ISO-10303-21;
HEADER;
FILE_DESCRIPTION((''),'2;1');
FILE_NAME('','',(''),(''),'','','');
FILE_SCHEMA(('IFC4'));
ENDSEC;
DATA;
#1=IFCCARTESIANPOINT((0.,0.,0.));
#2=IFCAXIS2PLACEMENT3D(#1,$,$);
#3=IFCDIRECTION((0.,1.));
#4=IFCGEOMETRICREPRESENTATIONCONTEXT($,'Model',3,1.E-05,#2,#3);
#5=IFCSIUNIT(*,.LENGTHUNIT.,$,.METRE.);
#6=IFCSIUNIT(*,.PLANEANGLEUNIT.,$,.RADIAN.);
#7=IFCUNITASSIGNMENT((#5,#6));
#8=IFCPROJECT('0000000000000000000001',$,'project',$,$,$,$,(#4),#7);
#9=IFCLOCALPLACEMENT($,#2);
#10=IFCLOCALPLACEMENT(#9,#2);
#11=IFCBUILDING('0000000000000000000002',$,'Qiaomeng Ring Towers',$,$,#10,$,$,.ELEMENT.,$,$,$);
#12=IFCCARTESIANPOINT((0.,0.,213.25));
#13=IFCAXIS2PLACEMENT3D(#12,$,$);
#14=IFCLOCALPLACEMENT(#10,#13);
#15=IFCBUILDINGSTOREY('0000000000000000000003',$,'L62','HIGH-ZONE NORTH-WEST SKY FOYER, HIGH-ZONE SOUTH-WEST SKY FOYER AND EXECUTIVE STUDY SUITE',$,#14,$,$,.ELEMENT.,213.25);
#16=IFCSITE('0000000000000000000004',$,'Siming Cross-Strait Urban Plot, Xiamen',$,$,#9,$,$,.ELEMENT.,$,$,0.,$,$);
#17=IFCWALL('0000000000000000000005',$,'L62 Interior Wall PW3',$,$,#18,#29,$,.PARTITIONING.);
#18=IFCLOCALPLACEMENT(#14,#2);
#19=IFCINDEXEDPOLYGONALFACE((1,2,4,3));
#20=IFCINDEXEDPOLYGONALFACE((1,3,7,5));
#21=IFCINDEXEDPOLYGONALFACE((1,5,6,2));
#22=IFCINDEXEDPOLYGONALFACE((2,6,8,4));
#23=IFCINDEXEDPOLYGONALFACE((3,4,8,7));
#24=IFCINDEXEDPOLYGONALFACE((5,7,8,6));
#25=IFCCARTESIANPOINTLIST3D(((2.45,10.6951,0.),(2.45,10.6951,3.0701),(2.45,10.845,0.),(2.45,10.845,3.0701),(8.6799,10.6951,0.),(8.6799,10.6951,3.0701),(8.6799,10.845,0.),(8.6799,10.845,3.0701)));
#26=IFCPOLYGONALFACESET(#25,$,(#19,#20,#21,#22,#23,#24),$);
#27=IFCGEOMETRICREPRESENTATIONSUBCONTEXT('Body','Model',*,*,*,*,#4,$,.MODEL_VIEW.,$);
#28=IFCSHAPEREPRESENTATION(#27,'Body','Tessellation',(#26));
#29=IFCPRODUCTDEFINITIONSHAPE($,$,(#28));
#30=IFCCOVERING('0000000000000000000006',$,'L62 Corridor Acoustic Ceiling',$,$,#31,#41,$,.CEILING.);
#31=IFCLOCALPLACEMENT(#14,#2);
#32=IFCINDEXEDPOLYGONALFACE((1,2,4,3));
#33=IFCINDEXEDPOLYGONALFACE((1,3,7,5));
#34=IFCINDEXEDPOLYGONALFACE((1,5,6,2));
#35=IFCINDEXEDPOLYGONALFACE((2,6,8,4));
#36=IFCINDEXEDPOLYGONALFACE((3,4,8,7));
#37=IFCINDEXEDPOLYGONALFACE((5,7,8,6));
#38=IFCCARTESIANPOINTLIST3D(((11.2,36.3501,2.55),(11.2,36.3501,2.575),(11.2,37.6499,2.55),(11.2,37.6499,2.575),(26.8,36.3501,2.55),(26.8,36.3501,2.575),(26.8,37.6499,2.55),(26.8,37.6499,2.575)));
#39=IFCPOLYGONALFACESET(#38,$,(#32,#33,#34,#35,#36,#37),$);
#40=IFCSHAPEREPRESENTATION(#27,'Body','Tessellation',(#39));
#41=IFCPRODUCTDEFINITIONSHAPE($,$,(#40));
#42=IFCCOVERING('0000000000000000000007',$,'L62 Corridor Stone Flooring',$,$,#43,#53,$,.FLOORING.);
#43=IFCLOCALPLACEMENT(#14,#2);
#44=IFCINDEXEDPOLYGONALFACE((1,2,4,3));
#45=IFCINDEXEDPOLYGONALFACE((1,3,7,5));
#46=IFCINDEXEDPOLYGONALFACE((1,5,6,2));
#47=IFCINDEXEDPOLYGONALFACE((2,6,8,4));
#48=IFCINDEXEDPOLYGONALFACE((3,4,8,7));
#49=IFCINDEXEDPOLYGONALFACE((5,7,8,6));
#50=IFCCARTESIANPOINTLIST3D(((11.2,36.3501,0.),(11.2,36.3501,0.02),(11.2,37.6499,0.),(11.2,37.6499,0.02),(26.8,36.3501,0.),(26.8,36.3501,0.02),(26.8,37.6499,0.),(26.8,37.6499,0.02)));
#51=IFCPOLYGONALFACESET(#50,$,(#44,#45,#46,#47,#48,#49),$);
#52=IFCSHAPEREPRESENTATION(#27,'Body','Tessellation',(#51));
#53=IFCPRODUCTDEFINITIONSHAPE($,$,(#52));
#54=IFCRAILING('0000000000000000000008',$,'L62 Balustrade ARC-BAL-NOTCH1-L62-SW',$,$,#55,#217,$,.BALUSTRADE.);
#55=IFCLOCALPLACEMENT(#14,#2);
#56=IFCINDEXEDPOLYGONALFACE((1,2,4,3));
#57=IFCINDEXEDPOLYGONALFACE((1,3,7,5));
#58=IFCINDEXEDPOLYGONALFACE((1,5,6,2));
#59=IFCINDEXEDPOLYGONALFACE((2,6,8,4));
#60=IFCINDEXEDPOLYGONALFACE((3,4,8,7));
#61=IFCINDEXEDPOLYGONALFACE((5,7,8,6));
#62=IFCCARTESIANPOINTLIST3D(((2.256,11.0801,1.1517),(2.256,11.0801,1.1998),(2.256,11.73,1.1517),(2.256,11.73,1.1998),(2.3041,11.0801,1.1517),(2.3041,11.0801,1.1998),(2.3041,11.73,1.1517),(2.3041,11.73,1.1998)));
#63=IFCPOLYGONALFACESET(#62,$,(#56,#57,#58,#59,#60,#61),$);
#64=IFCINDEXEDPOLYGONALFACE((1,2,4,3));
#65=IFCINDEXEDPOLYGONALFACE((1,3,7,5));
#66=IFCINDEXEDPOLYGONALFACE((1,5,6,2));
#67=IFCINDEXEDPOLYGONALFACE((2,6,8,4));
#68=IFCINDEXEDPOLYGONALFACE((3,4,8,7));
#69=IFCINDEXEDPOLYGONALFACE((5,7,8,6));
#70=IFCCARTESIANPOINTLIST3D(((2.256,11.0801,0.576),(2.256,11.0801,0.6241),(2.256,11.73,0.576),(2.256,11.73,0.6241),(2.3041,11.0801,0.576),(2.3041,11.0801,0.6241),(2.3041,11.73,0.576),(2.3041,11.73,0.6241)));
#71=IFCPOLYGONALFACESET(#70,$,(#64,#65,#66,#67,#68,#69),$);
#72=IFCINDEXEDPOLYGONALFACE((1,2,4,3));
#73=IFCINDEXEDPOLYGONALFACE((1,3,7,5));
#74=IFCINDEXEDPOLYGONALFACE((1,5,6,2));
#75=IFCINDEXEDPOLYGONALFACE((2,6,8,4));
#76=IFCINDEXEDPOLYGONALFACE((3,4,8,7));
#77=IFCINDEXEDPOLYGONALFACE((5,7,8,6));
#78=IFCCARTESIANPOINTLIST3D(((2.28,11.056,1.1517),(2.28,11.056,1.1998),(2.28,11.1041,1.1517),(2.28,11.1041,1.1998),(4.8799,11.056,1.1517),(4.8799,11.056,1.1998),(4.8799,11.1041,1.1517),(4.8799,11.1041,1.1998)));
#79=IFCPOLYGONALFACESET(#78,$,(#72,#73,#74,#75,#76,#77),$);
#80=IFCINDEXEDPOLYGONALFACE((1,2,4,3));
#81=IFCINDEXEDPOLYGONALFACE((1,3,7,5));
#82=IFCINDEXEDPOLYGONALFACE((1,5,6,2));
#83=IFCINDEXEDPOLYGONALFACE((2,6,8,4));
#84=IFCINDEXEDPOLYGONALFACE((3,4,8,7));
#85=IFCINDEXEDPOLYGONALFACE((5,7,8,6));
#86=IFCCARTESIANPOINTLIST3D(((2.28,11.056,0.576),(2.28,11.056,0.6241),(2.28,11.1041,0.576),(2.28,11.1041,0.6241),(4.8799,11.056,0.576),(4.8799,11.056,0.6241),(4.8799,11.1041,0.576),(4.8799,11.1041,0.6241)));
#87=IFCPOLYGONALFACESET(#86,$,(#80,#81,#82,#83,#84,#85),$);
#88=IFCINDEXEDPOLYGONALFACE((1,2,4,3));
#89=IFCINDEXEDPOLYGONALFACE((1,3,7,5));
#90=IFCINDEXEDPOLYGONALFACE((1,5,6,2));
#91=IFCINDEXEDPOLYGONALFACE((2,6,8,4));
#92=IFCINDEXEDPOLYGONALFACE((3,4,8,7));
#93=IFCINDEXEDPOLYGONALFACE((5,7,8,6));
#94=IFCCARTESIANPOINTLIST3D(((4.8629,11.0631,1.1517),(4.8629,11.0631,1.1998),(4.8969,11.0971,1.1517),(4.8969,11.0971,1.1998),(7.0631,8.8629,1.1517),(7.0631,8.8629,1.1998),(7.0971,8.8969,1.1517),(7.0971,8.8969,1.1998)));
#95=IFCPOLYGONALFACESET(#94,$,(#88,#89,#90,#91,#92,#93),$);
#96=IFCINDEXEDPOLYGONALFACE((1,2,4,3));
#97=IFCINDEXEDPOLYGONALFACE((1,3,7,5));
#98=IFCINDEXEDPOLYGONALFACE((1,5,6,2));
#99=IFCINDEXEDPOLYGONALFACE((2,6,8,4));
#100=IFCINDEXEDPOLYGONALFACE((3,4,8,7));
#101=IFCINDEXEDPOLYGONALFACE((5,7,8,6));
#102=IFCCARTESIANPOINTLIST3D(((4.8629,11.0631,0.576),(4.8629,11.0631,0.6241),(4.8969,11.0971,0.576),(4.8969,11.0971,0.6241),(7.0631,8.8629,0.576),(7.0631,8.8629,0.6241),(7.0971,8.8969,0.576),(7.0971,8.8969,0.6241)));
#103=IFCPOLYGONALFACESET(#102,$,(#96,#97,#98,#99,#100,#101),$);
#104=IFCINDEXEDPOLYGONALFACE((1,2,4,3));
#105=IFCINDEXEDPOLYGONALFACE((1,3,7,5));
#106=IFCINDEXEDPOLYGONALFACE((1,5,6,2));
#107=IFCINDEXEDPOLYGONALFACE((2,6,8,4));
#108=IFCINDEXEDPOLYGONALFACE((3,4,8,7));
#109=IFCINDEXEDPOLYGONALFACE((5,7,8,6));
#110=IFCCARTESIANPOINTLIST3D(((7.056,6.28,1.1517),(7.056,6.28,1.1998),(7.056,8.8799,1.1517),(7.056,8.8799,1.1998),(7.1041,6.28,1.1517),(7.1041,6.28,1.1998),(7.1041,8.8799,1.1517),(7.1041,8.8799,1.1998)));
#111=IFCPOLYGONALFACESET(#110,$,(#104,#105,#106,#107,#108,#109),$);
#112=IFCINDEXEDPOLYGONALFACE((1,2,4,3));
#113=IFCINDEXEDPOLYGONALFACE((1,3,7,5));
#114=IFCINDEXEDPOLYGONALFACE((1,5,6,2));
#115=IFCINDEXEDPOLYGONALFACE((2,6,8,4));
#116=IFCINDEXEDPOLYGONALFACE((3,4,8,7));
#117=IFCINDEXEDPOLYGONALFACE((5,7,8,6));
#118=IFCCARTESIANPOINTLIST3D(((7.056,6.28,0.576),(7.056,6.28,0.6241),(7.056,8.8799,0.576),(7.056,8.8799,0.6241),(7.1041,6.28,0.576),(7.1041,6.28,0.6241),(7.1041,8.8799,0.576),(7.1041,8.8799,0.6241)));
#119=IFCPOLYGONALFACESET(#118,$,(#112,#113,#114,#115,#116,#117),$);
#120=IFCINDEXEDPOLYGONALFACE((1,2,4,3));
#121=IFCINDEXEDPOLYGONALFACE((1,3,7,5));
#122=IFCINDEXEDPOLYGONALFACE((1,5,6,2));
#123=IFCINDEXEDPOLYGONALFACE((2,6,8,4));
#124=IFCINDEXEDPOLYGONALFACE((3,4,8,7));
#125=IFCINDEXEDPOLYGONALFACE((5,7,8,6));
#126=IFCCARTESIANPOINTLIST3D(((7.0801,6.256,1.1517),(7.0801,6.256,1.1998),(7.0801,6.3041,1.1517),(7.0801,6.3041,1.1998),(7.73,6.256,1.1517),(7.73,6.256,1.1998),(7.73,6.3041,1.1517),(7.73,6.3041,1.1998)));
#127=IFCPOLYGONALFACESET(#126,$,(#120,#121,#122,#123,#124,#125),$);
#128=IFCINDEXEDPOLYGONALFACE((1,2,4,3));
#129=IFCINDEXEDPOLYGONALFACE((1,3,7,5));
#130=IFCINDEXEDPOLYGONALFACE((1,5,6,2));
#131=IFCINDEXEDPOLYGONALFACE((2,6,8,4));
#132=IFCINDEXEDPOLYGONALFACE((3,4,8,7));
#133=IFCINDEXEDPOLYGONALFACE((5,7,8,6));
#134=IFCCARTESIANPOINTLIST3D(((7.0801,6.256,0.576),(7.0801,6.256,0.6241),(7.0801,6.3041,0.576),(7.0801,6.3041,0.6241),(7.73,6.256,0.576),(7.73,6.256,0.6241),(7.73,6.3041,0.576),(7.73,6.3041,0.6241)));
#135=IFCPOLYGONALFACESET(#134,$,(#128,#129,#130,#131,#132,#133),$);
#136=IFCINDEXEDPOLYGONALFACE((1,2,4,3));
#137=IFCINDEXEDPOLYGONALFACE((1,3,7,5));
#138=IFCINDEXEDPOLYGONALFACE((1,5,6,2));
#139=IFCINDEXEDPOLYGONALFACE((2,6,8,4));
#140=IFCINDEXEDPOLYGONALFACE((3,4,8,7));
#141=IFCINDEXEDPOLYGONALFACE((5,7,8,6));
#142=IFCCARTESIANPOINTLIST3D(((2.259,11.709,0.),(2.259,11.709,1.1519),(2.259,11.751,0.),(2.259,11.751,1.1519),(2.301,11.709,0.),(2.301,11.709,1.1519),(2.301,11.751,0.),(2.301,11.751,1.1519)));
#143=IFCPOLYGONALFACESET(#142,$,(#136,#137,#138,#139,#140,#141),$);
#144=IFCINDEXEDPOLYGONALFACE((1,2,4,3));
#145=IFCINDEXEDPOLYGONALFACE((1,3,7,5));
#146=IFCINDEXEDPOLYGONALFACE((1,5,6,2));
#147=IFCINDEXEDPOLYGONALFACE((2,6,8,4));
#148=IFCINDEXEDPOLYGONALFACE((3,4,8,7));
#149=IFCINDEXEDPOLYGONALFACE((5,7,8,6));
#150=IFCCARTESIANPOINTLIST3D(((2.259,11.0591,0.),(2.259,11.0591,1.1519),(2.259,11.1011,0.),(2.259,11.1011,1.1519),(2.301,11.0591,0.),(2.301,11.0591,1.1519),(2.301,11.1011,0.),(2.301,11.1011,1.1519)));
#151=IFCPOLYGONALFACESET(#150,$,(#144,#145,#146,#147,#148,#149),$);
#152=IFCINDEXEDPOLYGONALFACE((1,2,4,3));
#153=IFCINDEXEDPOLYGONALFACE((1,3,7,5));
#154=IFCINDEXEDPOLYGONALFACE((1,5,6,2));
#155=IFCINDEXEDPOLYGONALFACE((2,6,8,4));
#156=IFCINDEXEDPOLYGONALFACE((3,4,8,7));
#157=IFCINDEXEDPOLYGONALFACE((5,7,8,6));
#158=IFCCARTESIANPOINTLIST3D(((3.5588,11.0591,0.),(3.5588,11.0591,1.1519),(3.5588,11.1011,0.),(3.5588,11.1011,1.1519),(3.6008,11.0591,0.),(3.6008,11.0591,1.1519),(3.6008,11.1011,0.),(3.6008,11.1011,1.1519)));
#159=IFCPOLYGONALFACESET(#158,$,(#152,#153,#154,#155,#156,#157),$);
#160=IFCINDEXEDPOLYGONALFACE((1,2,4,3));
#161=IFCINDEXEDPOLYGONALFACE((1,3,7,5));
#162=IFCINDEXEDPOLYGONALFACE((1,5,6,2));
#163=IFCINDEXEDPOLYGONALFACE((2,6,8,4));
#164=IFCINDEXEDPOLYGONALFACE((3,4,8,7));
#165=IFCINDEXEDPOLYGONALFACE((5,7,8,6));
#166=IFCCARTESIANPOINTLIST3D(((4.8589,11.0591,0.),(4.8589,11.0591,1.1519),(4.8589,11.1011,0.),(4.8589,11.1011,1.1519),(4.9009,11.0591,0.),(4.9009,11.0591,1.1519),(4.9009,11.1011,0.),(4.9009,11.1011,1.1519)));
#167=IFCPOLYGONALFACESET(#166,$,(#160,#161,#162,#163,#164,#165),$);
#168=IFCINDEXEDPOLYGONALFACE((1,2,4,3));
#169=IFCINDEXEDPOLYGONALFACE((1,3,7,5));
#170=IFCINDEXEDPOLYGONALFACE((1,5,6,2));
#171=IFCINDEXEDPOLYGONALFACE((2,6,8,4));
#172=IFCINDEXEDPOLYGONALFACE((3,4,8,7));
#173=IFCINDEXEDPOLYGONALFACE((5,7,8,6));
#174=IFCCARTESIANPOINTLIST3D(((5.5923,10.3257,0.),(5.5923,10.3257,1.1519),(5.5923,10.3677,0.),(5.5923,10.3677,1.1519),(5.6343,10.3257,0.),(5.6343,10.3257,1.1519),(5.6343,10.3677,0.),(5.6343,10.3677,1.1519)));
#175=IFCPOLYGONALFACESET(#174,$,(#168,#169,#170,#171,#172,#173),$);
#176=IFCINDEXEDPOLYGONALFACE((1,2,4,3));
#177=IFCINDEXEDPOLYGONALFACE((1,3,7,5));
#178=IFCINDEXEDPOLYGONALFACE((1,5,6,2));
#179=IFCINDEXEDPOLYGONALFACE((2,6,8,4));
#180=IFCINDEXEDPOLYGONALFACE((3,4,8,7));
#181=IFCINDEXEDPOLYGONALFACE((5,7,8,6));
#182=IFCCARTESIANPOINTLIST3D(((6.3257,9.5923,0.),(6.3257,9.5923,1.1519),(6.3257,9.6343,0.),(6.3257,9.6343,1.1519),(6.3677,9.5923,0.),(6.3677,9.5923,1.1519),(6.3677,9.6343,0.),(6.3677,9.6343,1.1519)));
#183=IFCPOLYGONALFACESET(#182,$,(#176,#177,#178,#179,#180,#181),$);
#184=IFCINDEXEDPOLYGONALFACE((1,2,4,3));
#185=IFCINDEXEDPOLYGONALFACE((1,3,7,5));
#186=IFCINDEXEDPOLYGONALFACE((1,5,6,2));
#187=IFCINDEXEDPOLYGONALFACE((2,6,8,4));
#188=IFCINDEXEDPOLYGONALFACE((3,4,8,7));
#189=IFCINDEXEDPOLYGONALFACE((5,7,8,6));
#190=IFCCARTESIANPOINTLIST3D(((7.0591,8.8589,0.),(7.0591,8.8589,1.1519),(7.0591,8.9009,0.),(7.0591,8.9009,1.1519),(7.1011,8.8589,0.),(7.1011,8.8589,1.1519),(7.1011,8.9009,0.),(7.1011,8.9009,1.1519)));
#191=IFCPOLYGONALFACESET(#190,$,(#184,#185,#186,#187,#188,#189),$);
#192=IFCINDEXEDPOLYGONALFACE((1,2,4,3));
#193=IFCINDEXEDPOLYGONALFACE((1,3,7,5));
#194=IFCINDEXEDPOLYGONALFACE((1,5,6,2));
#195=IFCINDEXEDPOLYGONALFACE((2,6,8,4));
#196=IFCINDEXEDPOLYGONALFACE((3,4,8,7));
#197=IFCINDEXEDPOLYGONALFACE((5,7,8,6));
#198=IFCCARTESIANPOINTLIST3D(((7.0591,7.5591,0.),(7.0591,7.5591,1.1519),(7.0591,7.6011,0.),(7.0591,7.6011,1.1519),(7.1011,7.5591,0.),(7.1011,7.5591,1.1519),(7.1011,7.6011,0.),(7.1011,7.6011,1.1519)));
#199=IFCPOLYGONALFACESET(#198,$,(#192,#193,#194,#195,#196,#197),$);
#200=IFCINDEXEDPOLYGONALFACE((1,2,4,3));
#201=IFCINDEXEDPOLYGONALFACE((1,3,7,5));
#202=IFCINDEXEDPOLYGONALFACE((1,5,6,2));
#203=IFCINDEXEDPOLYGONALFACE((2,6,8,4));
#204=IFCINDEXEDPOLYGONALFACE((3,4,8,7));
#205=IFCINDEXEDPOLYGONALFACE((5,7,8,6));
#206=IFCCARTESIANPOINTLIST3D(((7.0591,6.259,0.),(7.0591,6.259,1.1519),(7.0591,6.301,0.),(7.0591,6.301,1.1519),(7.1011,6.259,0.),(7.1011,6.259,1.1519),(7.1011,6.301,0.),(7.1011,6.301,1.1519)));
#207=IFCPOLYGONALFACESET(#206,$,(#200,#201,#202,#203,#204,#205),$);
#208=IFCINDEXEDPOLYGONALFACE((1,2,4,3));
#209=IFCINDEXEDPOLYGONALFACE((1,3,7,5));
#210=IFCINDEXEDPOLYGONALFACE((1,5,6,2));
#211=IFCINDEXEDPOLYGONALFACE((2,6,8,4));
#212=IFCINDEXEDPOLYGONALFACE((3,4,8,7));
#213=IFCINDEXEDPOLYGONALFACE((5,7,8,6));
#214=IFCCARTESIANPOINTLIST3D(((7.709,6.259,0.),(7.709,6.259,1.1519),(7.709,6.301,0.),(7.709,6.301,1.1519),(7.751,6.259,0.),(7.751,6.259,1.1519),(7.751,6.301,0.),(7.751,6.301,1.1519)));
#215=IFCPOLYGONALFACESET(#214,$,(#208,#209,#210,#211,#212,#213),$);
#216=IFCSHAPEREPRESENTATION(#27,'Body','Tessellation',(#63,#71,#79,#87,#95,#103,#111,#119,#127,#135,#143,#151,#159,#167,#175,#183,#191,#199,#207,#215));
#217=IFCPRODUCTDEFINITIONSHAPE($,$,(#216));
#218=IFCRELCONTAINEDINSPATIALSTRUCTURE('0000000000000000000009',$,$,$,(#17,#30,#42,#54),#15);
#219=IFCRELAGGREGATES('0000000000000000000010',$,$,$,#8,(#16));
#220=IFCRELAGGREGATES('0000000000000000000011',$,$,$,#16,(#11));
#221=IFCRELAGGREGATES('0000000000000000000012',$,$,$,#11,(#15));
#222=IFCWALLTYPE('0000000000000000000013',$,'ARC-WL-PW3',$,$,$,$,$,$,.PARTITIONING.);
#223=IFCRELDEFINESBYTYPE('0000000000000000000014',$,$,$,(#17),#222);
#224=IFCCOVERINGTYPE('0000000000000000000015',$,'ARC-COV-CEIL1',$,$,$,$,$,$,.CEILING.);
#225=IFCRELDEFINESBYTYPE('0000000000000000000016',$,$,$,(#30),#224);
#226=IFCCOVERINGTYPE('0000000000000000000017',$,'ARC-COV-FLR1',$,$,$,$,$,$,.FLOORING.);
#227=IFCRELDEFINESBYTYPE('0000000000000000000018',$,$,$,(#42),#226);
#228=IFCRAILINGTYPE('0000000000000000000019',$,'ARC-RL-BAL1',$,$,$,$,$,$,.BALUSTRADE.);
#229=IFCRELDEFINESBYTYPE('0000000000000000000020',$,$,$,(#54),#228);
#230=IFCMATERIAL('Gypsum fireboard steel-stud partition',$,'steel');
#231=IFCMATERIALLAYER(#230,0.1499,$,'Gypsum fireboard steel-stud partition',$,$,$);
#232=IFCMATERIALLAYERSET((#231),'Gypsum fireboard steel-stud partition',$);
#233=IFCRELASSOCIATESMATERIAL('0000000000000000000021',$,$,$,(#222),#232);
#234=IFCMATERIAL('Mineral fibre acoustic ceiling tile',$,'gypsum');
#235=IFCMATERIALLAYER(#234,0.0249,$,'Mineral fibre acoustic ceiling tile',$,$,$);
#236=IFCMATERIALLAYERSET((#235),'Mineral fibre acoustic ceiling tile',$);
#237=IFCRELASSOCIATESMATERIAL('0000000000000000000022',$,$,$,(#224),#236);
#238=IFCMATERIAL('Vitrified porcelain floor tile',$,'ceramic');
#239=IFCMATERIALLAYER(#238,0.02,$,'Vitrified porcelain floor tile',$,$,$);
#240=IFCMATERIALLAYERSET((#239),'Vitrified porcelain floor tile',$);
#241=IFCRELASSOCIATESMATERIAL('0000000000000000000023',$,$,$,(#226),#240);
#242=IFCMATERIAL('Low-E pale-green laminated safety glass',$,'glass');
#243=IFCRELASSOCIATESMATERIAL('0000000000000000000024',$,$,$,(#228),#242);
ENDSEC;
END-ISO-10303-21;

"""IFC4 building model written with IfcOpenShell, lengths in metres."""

from ifc_helpers import new_model, si_unit, direction, frame, frame_2d, origin, origin_2d, place, context, subcontext, project, spatial, polyline, rectangle, outline, extrude, material, layer, layer_set, type_object, element, save


model = new_model("IFC4")

# Units and contexts
model_context = context("Model", 3, precision=1e-05, world=origin(), true_north=direction((0.0, 1.0)))
body_context = subcontext(model_context, "Body", "Model", "MODEL_VIEW")
ifc_project = project(units=[si_unit("LENGTHUNIT", "METRE"), si_unit("PLANEANGLEUNIT", "RADIAN")], contexts=[model_context])

# Site, building, storey
site_placement = place(None, origin())
site = spatial("IfcSite", under=ifc_project, at=site_placement, Name="Siming Cross-Strait Urban Plot, Xiamen", CompositionType="ELEMENT", RefElevation=0.0)
building_placement = place(site_placement, origin())
building = spatial("IfcBuilding", under=site, at=building_placement, Name="Qiaomeng Ring Towers", CompositionType="ELEMENT")
storey_placement = place(building_placement, frame((0.0, 0.0, 213.25)))
storey = spatial("IfcBuildingStorey", under=building, at=storey_placement, Name="L62", Description="HIGH-ZONE NORTH-WEST SKY FOYER, HIGH-ZONE SOUTH-WEST SKY FOYER AND EXECUTIVE STUDY SUITE", CompositionType="ELEMENT", Elevation=213.25)

# Wall
ifc_material_1 = material(Name="Gypsum fireboard steel-stud partition", Category="steel")
ifc_layer_1 = layer(ifc_material_1, 0.1499, Name="Gypsum fireboard steel-stud partition")
ifc_layer_set_1 = layer_set([ifc_layer_1], Name="Gypsum fireboard steel-stud partition")
wall_type_1 = type_object("IfcWallType", Name="ARC-WL-PW3", PredefinedType="PARTITIONING", material=ifc_layer_set_1)
wall_1_placement = place(storey_placement, frame((2.45, 10.77, 0.0), z_axis=(0.0, 0.0, 1.0), x_axis=(1.0, 0.0, 0.0)))
element("IfcWall", 1, at=wall_1_placement, inside=storey, type_object=wall_type_1, Name="L62 Interior Wall PW3", PredefinedType="PARTITIONING", context=body_context, shape_type="SweptSolid", body=[
    extrude(rectangle(XDim=6.23, YDim=0.1499, at=frame_2d((3.115, 0.0))), origin(), (0.0, 0.0, 1.0), 3.0701),
])

# Coverings
ifc_material_2 = material(Name="Mineral fibre acoustic ceiling tile", Category="gypsum")
ifc_layer_2 = layer(ifc_material_2, 0.0249, Name="Mineral fibre acoustic ceiling tile")
ifc_layer_set_2 = layer_set([ifc_layer_2], Name="Mineral fibre acoustic ceiling tile")
covering_type_1 = type_object("IfcCoveringType", Name="ARC-COV-CEIL1", PredefinedType="CEILING", material=ifc_layer_set_2)
covering_1_placement = place(storey_placement, frame((0.0, 0.0, 2.55)))
element("IfcCovering", 2, at=covering_1_placement, inside=storey, type_object=covering_type_1, Name="L62 Corridor Acoustic Ceiling", PredefinedType="CEILING", context=body_context, shape_type="SweptSolid", body=[
    extrude(outline(polyline([(11.2, 36.3501), (11.2, 37.6499), (26.8, 37.6499), (26.8, 36.3501), (11.2, 36.3501)])), origin(), (0.0, 0.0, 1.0), 0.0249),
])
ifc_material_3 = material(Name="Vitrified porcelain floor tile", Category="ceramic")
ifc_layer_3 = layer(ifc_material_3, 0.02, Name="Vitrified porcelain floor tile")
ifc_layer_set_3 = layer_set([ifc_layer_3], Name="Vitrified porcelain floor tile")
covering_type_2 = type_object("IfcCoveringType", Name="ARC-COV-FLR1", PredefinedType="FLOORING", material=ifc_layer_set_3)
covering_2_placement = place(storey_placement, origin())
element("IfcCovering", 3, at=covering_2_placement, inside=storey, type_object=covering_type_2, Name="L62 Corridor Stone Flooring", PredefinedType="FLOORING", context=body_context, shape_type="SweptSolid", body=[
    extrude(outline(polyline([(11.2, 36.3501), (11.2, 37.6499), (26.8, 37.6499), (26.8, 36.3501), (11.2, 36.3501)])), origin(), (0.0, 0.0, 1.0), 0.02),
])

# Railing
ifc_material_4 = material(Name="Low-E pale-green laminated safety glass", Category="glass")
railing_type = type_object("IfcRailingType", Name="ARC-RL-BAL1", PredefinedType="BALUSTRADE", material=ifc_material_4)
railing_placement = place(storey_placement, frame((2.28, 11.73, 0.0)))
element("IfcRailing", 4, at=railing_placement, inside=storey, type_object=railing_type, Name="L62 Balustrade ARC-BAL-NOTCH1-L62-SW", PredefinedType="BALUSTRADE", context=body_context, shape_type="SweptSolid", body=[
    extrude(rectangle(XDim=0.0481, YDim=0.0481, at=origin_2d()), frame((0.0, 0.0, 1.1758), z_axis=(0.0, -1.0, 0.0), x_axis=(1.0, 0.0, 0.0)), (0.0, 0.0, 1.0), 0.6499),
    extrude(rectangle(XDim=0.0481, YDim=0.0481, at=origin_2d()), frame((0.0, 0.0, 0.6001), z_axis=(0.0, -1.0, 0.0), x_axis=(1.0, 0.0, 0.0)), (0.0, 0.0, 1.0), 0.6499),
    extrude(rectangle(XDim=0.0481, YDim=0.0481, at=origin_2d()), frame((0.0, -0.6499, 1.1758), z_axis=(1.0, 0.0, 0.0), x_axis=(0.0, 1.0, 0.0)), (0.0, 0.0, 1.0), 2.5999),
    extrude(rectangle(XDim=0.0481, YDim=0.0481, at=origin_2d()), frame((0.0, -0.6499, 0.6001), z_axis=(1.0, 0.0, 0.0), x_axis=(0.0, 1.0, 0.0)), (0.0, 0.0, 1.0), 2.5999),
    extrude(rectangle(XDim=0.0481, YDim=0.0481, at=origin_2d()), frame((2.5999, -0.6499, 1.1758), z_axis=(0.707107, -0.707107, 0.0), x_axis=(0.707107, 0.707107, 0.0)), (0.0, 0.0, 1.0), 3.1116),
    extrude(rectangle(XDim=0.0481, YDim=0.0481, at=origin_2d()), frame((2.5999, -0.6499, 0.6001), z_axis=(0.707107, -0.707107, 0.0), x_axis=(0.707107, 0.707107, 0.0)), (0.0, 0.0, 1.0), 3.1116),
    extrude(rectangle(XDim=0.0481, YDim=0.0481, at=origin_2d()), frame((4.8, -2.8501, 1.1758), z_axis=(0.0, -1.0, 0.0), x_axis=(1.0, 0.0, 0.0)), (0.0, 0.0, 1.0), 2.5999),
    extrude(rectangle(XDim=0.0481, YDim=0.0481, at=origin_2d()), frame((4.8, -2.8501, 0.6001), z_axis=(0.0, -1.0, 0.0), x_axis=(1.0, 0.0, 0.0)), (0.0, 0.0, 1.0), 2.5999),
    extrude(rectangle(XDim=0.0481, YDim=0.0481, at=origin_2d()), frame((4.8, -5.45, 1.1758), z_axis=(1.0, 0.0, 0.0), x_axis=(0.0, 1.0, 0.0)), (0.0, 0.0, 1.0), 0.6499),
    extrude(rectangle(XDim=0.0481, YDim=0.0481, at=origin_2d()), frame((4.8, -5.45, 0.6001), z_axis=(1.0, 0.0, 0.0), x_axis=(0.0, 1.0, 0.0)), (0.0, 0.0, 1.0), 0.6499),
    extrude(rectangle(XDim=0.042, YDim=0.042, at=origin_2d()), origin(), (0.0, 0.0, 1.0), 1.1519),
    extrude(rectangle(XDim=0.042, YDim=0.042, at=origin_2d()), frame((0.0, -0.6499, 0.0)), (0.0, 0.0, 1.0), 1.1519),
    extrude(rectangle(XDim=0.042, YDim=0.042, at=origin_2d()), frame((1.2998, -0.6499, 0.0)), (0.0, 0.0, 1.0), 1.1519),
    extrude(rectangle(XDim=0.042, YDim=0.042, at=origin_2d()), frame((2.5999, -0.6499, 0.0)), (0.0, 0.0, 1.0), 1.1519),
    extrude(rectangle(XDim=0.042, YDim=0.042, at=origin_2d()), frame((3.3333, -1.3833, 0.0)), (0.0, 0.0, 1.0), 1.1519),
    extrude(rectangle(XDim=0.042, YDim=0.042, at=origin_2d()), frame((4.0667, -2.1167, 0.0)), (0.0, 0.0, 1.0), 1.1519),
    extrude(rectangle(XDim=0.042, YDim=0.042, at=origin_2d()), frame((4.8, -2.8501, 0.0)), (0.0, 0.0, 1.0), 1.1519),
    extrude(rectangle(XDim=0.042, YDim=0.042, at=origin_2d()), frame((4.8, -4.1499, 0.0)), (0.0, 0.0, 1.0), 1.1519),
    extrude(rectangle(XDim=0.042, YDim=0.042, at=origin_2d()), frame((4.8, -5.45, 0.0)), (0.0, 0.0, 1.0), 1.1519),
    extrude(rectangle(XDim=0.042, YDim=0.042, at=origin_2d()), frame((5.45, -5.45, 0.0)), (0.0, 0.0, 1.0), 1.1519),
])

save(model, "model.ifc")
